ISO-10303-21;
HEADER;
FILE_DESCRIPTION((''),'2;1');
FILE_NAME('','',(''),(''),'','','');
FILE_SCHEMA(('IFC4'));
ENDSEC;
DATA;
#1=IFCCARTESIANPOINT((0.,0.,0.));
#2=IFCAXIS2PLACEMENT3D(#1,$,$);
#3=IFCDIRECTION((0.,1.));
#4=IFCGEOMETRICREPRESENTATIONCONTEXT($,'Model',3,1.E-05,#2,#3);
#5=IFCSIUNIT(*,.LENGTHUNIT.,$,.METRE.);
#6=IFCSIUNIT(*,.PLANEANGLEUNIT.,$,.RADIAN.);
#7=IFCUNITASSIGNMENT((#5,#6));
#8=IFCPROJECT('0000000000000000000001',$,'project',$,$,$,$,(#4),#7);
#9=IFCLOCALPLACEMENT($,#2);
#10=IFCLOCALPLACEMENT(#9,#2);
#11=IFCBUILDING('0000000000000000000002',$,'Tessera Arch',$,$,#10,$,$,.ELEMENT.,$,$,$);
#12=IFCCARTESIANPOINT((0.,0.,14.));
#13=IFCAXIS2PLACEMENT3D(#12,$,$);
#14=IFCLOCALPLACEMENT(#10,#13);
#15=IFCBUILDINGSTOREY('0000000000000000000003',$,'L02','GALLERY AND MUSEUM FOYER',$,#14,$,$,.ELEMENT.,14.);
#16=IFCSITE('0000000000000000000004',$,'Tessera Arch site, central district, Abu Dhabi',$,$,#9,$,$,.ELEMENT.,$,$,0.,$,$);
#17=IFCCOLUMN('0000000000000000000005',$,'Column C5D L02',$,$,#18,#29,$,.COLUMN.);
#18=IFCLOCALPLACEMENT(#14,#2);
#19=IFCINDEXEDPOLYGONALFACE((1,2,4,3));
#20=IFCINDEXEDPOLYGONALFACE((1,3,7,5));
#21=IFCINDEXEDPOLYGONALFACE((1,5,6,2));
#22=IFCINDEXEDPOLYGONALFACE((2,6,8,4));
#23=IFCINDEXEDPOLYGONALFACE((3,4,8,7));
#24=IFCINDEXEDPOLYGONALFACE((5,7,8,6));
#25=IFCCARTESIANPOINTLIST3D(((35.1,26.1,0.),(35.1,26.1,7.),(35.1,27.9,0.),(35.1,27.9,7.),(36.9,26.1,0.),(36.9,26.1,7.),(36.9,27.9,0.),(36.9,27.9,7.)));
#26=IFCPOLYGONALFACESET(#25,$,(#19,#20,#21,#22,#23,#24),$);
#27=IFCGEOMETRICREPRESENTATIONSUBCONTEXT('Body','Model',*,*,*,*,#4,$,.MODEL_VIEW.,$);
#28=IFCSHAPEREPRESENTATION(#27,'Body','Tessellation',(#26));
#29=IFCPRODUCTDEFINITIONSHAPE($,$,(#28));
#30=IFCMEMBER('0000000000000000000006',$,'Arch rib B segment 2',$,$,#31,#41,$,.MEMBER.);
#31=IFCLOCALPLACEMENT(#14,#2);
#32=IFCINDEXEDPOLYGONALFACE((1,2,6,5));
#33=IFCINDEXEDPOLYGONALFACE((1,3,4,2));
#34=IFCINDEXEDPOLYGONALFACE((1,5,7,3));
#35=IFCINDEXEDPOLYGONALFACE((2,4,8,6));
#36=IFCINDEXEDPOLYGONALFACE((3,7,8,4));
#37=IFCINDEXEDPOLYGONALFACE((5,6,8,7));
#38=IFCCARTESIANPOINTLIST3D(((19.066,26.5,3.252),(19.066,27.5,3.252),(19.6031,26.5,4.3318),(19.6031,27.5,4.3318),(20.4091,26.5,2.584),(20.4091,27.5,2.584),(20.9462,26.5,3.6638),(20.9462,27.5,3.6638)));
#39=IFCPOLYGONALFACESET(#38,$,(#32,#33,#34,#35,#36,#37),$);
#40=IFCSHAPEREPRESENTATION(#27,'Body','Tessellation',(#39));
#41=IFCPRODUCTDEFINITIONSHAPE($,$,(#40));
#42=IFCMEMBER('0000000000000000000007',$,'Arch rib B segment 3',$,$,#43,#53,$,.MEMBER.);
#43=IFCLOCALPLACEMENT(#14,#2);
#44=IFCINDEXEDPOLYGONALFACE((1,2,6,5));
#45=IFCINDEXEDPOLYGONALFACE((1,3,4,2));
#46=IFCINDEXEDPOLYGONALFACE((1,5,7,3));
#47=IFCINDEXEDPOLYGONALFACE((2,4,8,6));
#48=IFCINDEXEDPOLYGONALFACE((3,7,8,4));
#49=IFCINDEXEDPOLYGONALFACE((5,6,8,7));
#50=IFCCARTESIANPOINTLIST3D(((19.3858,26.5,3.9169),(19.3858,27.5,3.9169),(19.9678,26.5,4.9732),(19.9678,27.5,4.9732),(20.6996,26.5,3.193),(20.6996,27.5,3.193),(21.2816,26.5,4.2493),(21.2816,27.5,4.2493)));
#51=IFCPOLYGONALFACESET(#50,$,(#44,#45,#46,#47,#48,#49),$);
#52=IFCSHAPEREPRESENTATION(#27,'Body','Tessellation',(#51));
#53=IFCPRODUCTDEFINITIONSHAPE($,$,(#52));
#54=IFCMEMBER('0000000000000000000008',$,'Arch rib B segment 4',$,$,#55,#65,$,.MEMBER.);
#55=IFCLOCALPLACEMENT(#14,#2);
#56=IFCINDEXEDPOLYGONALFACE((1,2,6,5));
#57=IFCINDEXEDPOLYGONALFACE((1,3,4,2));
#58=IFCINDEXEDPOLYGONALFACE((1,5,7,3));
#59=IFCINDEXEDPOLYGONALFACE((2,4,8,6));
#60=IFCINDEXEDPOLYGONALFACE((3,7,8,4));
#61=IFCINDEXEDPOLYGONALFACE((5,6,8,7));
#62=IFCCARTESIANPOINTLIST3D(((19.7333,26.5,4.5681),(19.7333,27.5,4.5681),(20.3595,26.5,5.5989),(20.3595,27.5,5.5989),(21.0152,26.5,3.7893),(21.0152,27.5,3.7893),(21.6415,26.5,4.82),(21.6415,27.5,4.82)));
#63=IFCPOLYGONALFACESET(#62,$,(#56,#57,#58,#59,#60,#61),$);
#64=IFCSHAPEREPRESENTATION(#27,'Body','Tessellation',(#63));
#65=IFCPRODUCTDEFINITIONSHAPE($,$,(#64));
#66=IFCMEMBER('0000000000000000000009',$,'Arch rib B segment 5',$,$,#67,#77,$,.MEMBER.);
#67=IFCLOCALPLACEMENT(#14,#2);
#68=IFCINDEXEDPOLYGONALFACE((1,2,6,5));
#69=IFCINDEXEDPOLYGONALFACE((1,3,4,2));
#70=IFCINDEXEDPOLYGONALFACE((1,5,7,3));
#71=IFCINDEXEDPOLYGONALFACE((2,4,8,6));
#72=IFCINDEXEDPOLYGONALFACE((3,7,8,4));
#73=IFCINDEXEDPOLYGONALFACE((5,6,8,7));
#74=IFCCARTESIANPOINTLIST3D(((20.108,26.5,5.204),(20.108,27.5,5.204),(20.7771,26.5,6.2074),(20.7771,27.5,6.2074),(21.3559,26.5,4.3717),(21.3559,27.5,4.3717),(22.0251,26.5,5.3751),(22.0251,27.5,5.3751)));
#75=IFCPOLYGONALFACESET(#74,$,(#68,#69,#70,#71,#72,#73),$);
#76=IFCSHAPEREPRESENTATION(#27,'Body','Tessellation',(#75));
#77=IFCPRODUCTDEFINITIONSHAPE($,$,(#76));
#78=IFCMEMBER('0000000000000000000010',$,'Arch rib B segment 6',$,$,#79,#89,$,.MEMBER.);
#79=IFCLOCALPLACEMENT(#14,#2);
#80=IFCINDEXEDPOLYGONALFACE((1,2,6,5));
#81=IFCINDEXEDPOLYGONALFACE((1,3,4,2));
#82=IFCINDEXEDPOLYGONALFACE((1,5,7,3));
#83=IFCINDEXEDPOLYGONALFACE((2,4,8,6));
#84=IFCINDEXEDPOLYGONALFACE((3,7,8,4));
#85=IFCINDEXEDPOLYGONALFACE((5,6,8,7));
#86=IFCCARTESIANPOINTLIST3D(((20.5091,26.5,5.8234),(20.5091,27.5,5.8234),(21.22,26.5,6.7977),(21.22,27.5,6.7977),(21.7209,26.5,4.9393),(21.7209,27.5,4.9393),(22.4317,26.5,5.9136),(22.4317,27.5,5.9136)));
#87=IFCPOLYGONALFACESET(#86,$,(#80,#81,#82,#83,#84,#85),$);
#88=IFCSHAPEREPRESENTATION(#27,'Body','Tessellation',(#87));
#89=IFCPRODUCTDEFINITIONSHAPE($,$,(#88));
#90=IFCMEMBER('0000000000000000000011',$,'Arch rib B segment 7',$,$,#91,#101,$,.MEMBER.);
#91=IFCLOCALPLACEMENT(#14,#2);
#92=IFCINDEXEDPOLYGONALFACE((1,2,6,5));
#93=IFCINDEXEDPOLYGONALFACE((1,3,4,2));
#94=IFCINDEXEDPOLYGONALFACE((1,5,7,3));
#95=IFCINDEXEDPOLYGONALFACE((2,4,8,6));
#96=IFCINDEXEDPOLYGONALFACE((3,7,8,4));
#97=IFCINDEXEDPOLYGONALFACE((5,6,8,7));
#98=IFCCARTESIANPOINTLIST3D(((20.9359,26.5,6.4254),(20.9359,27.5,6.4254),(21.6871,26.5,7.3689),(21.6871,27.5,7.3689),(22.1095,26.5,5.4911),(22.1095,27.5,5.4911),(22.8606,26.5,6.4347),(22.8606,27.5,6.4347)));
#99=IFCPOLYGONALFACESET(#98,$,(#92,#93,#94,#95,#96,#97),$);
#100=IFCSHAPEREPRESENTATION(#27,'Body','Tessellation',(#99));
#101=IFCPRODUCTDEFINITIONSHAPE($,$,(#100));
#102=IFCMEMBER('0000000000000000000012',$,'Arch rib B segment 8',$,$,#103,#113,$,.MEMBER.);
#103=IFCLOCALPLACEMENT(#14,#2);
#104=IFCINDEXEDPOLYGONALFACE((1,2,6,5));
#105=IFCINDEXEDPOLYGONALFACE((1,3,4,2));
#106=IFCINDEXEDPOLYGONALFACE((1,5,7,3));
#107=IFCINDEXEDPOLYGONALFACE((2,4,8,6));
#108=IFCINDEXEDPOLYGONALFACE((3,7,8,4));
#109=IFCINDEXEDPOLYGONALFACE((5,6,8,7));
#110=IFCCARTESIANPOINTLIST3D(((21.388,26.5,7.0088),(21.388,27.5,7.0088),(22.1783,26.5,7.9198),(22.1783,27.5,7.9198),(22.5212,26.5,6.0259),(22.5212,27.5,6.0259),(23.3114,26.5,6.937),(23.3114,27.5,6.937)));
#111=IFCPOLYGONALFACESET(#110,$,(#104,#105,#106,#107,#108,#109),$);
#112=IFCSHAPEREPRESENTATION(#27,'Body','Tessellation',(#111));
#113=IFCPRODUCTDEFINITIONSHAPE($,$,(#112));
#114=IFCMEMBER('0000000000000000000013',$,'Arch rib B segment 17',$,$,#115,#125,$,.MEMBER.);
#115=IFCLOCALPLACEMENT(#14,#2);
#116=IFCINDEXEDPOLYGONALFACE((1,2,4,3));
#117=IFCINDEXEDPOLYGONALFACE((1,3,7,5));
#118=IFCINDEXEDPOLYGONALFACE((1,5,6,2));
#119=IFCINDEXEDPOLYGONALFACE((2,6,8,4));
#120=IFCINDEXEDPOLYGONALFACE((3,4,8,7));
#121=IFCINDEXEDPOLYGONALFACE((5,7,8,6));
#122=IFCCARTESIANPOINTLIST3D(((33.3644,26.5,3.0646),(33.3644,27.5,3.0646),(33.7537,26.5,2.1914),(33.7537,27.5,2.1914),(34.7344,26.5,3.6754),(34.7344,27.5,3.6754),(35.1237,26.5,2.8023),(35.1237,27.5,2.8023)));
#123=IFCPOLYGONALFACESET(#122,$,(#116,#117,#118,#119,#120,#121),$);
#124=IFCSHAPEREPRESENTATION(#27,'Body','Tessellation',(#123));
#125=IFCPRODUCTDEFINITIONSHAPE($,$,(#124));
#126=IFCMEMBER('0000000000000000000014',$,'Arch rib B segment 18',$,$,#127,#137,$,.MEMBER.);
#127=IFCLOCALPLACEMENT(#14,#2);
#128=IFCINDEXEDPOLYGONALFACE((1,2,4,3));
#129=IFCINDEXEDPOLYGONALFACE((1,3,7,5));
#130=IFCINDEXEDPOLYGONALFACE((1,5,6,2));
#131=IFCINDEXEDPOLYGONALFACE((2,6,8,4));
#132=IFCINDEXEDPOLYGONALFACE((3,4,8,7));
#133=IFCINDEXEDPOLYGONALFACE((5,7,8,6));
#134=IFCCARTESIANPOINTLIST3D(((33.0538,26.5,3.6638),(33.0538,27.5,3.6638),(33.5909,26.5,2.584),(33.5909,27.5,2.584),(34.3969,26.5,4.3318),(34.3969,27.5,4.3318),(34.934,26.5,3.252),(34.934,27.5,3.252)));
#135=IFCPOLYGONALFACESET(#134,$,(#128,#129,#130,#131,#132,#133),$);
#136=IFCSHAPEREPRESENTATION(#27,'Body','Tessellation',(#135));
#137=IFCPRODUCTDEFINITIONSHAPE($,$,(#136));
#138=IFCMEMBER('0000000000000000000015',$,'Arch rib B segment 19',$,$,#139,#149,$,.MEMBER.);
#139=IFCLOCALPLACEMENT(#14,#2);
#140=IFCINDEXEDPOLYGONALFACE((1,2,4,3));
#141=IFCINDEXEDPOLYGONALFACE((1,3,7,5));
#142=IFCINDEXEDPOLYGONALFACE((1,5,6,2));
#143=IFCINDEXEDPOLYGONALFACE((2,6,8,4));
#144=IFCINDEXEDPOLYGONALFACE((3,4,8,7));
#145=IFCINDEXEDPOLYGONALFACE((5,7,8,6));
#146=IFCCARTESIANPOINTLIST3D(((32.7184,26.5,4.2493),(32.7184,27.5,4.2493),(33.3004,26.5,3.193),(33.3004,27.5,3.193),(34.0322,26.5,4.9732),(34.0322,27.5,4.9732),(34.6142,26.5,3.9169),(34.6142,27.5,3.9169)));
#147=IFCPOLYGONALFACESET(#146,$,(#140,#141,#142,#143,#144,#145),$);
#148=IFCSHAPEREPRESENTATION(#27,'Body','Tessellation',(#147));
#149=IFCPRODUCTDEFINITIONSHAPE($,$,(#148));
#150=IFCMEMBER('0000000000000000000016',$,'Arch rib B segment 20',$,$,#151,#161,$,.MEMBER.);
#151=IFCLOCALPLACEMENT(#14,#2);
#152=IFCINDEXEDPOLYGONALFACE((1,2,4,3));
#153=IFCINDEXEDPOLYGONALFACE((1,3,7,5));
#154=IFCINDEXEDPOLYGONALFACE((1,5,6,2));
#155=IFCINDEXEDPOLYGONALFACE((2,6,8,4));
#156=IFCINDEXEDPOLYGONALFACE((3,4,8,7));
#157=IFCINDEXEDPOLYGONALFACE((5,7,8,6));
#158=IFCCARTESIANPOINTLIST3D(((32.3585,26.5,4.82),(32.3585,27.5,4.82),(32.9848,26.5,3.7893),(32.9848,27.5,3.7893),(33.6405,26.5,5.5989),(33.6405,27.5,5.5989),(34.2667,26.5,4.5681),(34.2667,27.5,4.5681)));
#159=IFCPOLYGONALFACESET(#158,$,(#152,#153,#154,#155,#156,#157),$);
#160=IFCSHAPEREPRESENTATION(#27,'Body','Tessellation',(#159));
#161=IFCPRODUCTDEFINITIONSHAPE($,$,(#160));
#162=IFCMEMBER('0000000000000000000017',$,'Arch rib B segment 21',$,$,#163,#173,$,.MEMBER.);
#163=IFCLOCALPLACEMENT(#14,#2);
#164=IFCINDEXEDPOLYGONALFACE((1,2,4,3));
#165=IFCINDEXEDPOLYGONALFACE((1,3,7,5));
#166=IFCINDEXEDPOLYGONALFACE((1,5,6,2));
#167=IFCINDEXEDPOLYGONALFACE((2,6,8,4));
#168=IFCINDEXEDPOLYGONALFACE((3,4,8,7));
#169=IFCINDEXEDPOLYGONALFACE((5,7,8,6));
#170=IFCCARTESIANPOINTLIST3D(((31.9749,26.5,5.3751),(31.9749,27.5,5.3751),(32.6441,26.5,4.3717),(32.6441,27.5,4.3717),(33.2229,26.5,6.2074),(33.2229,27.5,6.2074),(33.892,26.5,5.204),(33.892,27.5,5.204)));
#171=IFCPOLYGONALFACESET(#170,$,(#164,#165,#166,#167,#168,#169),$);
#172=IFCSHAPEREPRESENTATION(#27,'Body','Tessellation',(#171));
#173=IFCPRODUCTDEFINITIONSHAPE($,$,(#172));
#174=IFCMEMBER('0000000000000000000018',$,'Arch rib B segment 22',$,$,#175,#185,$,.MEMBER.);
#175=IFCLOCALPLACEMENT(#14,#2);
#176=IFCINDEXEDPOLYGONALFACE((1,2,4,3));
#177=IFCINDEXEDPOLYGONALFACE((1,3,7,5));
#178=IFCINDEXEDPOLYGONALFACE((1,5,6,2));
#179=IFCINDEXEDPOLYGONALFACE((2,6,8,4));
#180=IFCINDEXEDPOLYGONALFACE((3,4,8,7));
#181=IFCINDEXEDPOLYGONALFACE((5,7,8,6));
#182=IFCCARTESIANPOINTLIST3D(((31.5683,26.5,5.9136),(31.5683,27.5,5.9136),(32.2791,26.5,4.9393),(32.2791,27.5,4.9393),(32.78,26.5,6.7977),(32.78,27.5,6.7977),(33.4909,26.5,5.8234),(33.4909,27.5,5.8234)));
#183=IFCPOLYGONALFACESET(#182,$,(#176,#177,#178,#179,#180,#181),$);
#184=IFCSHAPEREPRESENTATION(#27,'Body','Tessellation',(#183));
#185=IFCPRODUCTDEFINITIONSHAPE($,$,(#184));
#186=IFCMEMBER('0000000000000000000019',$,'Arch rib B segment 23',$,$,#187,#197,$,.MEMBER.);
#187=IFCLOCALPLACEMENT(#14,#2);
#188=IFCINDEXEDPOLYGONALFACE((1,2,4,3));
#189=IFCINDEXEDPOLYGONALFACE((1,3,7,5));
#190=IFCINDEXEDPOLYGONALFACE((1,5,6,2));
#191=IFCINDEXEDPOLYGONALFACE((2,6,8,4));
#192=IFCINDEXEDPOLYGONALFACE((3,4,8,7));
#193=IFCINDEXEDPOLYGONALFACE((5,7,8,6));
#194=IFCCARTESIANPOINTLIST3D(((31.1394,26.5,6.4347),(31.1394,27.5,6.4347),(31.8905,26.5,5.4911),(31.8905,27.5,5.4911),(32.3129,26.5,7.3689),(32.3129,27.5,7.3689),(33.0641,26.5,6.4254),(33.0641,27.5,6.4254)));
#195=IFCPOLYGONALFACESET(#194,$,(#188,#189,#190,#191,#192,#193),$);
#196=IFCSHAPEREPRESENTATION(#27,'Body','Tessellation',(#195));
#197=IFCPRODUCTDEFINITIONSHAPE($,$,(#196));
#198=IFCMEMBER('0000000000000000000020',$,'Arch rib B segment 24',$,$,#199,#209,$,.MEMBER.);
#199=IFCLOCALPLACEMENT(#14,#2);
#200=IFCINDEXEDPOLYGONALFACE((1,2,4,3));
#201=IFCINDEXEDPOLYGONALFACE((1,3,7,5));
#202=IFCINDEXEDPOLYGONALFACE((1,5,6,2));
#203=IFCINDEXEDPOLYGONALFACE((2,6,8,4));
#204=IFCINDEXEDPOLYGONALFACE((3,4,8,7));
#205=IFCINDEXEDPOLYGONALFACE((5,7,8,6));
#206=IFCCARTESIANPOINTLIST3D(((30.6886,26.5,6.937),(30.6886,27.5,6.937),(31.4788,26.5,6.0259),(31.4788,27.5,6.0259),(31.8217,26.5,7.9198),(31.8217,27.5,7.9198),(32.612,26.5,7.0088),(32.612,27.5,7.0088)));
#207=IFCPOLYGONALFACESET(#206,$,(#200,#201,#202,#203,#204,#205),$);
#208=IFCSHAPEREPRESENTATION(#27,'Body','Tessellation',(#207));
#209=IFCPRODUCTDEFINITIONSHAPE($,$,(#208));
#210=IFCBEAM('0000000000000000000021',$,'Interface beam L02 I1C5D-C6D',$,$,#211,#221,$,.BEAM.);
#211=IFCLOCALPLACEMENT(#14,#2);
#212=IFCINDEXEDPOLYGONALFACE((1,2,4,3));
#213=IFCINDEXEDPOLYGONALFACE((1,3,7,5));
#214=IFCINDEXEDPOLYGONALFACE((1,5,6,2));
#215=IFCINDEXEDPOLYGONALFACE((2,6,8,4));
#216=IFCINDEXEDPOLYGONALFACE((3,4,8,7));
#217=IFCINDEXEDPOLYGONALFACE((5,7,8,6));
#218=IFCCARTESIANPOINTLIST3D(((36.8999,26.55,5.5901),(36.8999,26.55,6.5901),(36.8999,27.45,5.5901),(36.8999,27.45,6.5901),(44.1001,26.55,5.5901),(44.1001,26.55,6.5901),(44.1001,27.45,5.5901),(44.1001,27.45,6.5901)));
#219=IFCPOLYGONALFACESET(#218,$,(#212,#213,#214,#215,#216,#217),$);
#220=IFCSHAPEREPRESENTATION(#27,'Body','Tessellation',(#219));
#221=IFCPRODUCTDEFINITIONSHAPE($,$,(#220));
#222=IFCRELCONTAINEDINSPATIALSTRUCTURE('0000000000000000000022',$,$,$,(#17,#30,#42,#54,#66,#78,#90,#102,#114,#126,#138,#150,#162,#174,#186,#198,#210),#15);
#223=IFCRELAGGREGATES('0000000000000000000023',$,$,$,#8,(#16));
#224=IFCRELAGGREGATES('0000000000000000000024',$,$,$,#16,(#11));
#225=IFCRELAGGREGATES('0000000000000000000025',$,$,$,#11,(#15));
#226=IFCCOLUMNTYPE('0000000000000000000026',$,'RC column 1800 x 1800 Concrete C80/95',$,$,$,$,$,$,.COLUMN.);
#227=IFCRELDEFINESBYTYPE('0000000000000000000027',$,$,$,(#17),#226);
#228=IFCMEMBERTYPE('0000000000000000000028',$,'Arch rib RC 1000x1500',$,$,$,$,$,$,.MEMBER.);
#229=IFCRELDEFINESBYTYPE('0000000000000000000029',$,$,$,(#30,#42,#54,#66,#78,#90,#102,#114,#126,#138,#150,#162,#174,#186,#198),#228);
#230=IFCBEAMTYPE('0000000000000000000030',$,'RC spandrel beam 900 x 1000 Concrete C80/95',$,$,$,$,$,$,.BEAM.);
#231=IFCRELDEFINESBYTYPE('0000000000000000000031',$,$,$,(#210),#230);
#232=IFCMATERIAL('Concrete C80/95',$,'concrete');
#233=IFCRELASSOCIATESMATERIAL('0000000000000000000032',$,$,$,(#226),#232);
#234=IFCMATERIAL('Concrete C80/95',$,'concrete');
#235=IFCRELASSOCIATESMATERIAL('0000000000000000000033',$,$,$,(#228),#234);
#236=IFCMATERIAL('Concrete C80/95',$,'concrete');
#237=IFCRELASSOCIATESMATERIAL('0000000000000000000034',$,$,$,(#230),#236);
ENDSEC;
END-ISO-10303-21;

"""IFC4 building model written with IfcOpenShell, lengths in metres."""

from ifc_helpers import new_model, si_unit, direction, frame, origin, origin_2d, place, context, subcontext, project, spatial, rectangle, extrude, material, material_profile, profile_set, type_object, element, save


model = new_model("IFC4")

# Units and contexts
model_context = context("Model", 3, precision=1e-05, world=origin(), true_north=direction((0.0, 1.0)))
body_context = subcontext(model_context, "Body", "Model", "MODEL_VIEW")
ifc_project = project(units=[si_unit("LENGTHUNIT", "METRE"), si_unit("PLANEANGLEUNIT", "RADIAN")], contexts=[model_context])

# Site, building, storey
site_placement = place(None, origin())
site = spatial("IfcSite", under=ifc_project, at=site_placement, Name="Tessera Arch site, central district, Abu Dhabi", CompositionType="ELEMENT", RefElevation=0.0)
building_placement = place(site_placement, origin())
building = spatial("IfcBuilding", under=site, at=building_placement, Name="Tessera Arch", CompositionType="ELEMENT")
storey_placement = place(building_placement, frame((0.0, 0.0, 14.0)))
storey = spatial("IfcBuildingStorey", under=building, at=storey_placement, Name="L02", Description="GALLERY AND MUSEUM FOYER", CompositionType="ELEMENT", Elevation=14.0)

# Column
ifc_material_1 = material(Name="Concrete C80/95", Category="concrete")
ifc_material_profile_1 = material_profile(ifc_material_1, rectangle(XDim=1.8, YDim=1.8, at=origin_2d()), Name="RC column 1800 x 1800 Concrete C80/95")
ifc_profile_set_1 = profile_set([ifc_material_profile_1], Name="Concrete C80/95")
column_type = type_object("IfcColumnType", Name="RC column 1800 x 1800 Concrete C80/95", PredefinedType="COLUMN", material=ifc_profile_set_1)
column_placement = place(storey_placement, frame((36.0, 27.0, 0.0), z_axis=(0.0, 0.0, 1.0), x_axis=(1.0, 0.0, 0.0)))
element("IfcColumn", 1, at=column_placement, inside=storey, type_object=column_type, Name="Column C5D L02", PredefinedType="COLUMN", context=body_context, shape_type="SweptSolid", body=[
    extrude(rectangle(XDim=1.8, YDim=1.8, at=origin_2d()), origin(), (0.0, 0.0, 1.0), 7.0),
])

# Members
ifc_material_2 = material(Name="Concrete C80/95", Category="concrete")
ifc_material_profile_2 = material_profile(ifc_material_2, rectangle(XDim=1.0, YDim=1.5, at=origin_2d()), Name="RC 1000x1500")
ifc_profile_set_2 = profile_set([ifc_material_profile_2], Name="Concrete C80/95")
member_type = type_object("IfcMemberType", Name="Arch rib RC 1000x1500", PredefinedType="MEMBER", material=ifc_profile_set_2)
for number, where, z_axis, x_axis, name in (
    (2, (19.7375, 27.0, 2.918), (0.44535, 0.0, 0.895356), (0.0, 1.0, 0.0), "Arch rib B segment 2"),
    (3, (20.0427, 27.0, 3.5549), (0.482564, 0.0, 0.875861), (0.0, 1.0, 0.0), "Arch rib B segment 3"),
    (4, (20.3743, 27.0, 4.1787), (0.519221, 0.0, 0.85464), (0.0, 1.0, 0.0), "Arch rib B segment 4"),
    (5, (20.7319, 27.0, 4.7878), (0.55484, 0.0, 0.831957), (0.0, 1.0, 0.0), "Arch rib B segment 5"),
    (6, (21.115, 27.0, 5.3813), (0.589423, 0.0, 0.807825), (0.0, 1.0, 0.0), "Arch rib B segment 6"),
    (7, (21.5227, 27.0, 5.9583), (0.622842, 0.0, 0.782348), (0.0, 1.0, 0.0), "Arch rib B segment 7"),
    (8, (21.9546, 27.0, 6.5173), (0.655231, 0.0, 0.755429), (0.0, 1.0, 0.0), "Arch rib B segment 8"),
):
    element("IfcMember", number, at=place(storey_placement, frame(where, z_axis=z_axis, x_axis=x_axis)), inside=storey, type_object=member_type, Name=name, PredefinedType="MEMBER", context=body_context, shape_type="SweptSolid", body=[
        extrude(rectangle(XDim=1.0, YDim=1.5, at=origin_2d()), origin(), (0.0, 0.0, 1.0), 1.2061),
    ])
member_placement = place(storey_placement, frame((34.4387, 27.0, 2.4968), z_axis=(-0.407252, 0.0, 0.913316), x_axis=(0.0, -1.0, 0.0)))
element("IfcMember", 9, at=member_placement, inside=storey, type_object=member_type, Name="Arch rib B segment 17", PredefinedType="MEMBER", context=body_context, shape_type="SweptSolid", body=[
    extrude(rectangle(XDim=1.0, YDim=1.5, at=origin_2d()), origin(), (0.0, 0.0, 1.0), 0.9561),
])
for number, where, z_axis, x_axis, name in (
    (10, (34.2625, 27.0, 2.918), (-0.44535, 0.0, 0.895356), (0.0, -1.0, 0.0), "Arch rib B segment 18"),
    (11, (33.9573, 27.0, 3.5549), (-0.482564, 0.0, 0.875861), (0.0, -1.0, 0.0), "Arch rib B segment 19"),
    (12, (33.6257, 27.0, 4.1787), (-0.519221, 0.0, 0.85464), (0.0, -1.0, 0.0), "Arch rib B segment 20"),
    (13, (33.2681, 27.0, 4.7878), (-0.55484, 0.0, 0.831957), (0.0, -1.0, 0.0), "Arch rib B segment 21"),
    (14, (32.885, 27.0, 5.3813), (-0.589423, 0.0, 0.807825), (0.0, -1.0, 0.0), "Arch rib B segment 22"),
    (15, (32.4773, 27.0, 5.9583), (-0.622842, 0.0, 0.782348), (0.0, -1.0, 0.0), "Arch rib B segment 23"),
    (16, (32.0454, 27.0, 6.5173), (-0.655231, 0.0, 0.755429), (0.0, -1.0, 0.0), "Arch rib B segment 24"),
):
    element("IfcMember", number, at=place(storey_placement, frame(where, z_axis=z_axis, x_axis=x_axis)), inside=storey, type_object=member_type, Name=name, PredefinedType="MEMBER", context=body_context, shape_type="SweptSolid", body=[
        extrude(rectangle(XDim=1.0, YDim=1.5, at=origin_2d()), origin(), (0.0, 0.0, 1.0), 1.2061),
    ])

# Beam
ifc_material_3 = material(Name="Concrete C80/95", Category="concrete")
ifc_material_profile_3 = material_profile(ifc_material_3, rectangle(XDim=0.8999, YDim=1.0, at=origin_2d()), Name="RC spandrel beam 900 x 1000 Concrete C80/95")
ifc_profile_set_3 = profile_set([ifc_material_profile_3], Name="Concrete C80/95")
beam_type = type_object("IfcBeamType", Name="RC spandrel beam 900 x 1000 Concrete C80/95", PredefinedType="BEAM", material=ifc_profile_set_3)
beam_placement = place(storey_placement, frame((36.8999, 27.0, 6.0901), z_axis=(1.0, 0.0, 0.0), x_axis=(0.0, 1.0, 0.0)))
element("IfcBeam", 17, at=beam_placement, inside=storey, type_object=beam_type, Name="Interface beam L02 I1C5D-C6D", PredefinedType="BEAM", context=body_context, shape_type="SweptSolid", body=[
    extrude(rectangle(XDim=0.8999, YDim=1.0, at=origin_2d()), origin(), (0.0, 0.0, 1.0), 7.2002),
])

save(model, "model.ifc")
